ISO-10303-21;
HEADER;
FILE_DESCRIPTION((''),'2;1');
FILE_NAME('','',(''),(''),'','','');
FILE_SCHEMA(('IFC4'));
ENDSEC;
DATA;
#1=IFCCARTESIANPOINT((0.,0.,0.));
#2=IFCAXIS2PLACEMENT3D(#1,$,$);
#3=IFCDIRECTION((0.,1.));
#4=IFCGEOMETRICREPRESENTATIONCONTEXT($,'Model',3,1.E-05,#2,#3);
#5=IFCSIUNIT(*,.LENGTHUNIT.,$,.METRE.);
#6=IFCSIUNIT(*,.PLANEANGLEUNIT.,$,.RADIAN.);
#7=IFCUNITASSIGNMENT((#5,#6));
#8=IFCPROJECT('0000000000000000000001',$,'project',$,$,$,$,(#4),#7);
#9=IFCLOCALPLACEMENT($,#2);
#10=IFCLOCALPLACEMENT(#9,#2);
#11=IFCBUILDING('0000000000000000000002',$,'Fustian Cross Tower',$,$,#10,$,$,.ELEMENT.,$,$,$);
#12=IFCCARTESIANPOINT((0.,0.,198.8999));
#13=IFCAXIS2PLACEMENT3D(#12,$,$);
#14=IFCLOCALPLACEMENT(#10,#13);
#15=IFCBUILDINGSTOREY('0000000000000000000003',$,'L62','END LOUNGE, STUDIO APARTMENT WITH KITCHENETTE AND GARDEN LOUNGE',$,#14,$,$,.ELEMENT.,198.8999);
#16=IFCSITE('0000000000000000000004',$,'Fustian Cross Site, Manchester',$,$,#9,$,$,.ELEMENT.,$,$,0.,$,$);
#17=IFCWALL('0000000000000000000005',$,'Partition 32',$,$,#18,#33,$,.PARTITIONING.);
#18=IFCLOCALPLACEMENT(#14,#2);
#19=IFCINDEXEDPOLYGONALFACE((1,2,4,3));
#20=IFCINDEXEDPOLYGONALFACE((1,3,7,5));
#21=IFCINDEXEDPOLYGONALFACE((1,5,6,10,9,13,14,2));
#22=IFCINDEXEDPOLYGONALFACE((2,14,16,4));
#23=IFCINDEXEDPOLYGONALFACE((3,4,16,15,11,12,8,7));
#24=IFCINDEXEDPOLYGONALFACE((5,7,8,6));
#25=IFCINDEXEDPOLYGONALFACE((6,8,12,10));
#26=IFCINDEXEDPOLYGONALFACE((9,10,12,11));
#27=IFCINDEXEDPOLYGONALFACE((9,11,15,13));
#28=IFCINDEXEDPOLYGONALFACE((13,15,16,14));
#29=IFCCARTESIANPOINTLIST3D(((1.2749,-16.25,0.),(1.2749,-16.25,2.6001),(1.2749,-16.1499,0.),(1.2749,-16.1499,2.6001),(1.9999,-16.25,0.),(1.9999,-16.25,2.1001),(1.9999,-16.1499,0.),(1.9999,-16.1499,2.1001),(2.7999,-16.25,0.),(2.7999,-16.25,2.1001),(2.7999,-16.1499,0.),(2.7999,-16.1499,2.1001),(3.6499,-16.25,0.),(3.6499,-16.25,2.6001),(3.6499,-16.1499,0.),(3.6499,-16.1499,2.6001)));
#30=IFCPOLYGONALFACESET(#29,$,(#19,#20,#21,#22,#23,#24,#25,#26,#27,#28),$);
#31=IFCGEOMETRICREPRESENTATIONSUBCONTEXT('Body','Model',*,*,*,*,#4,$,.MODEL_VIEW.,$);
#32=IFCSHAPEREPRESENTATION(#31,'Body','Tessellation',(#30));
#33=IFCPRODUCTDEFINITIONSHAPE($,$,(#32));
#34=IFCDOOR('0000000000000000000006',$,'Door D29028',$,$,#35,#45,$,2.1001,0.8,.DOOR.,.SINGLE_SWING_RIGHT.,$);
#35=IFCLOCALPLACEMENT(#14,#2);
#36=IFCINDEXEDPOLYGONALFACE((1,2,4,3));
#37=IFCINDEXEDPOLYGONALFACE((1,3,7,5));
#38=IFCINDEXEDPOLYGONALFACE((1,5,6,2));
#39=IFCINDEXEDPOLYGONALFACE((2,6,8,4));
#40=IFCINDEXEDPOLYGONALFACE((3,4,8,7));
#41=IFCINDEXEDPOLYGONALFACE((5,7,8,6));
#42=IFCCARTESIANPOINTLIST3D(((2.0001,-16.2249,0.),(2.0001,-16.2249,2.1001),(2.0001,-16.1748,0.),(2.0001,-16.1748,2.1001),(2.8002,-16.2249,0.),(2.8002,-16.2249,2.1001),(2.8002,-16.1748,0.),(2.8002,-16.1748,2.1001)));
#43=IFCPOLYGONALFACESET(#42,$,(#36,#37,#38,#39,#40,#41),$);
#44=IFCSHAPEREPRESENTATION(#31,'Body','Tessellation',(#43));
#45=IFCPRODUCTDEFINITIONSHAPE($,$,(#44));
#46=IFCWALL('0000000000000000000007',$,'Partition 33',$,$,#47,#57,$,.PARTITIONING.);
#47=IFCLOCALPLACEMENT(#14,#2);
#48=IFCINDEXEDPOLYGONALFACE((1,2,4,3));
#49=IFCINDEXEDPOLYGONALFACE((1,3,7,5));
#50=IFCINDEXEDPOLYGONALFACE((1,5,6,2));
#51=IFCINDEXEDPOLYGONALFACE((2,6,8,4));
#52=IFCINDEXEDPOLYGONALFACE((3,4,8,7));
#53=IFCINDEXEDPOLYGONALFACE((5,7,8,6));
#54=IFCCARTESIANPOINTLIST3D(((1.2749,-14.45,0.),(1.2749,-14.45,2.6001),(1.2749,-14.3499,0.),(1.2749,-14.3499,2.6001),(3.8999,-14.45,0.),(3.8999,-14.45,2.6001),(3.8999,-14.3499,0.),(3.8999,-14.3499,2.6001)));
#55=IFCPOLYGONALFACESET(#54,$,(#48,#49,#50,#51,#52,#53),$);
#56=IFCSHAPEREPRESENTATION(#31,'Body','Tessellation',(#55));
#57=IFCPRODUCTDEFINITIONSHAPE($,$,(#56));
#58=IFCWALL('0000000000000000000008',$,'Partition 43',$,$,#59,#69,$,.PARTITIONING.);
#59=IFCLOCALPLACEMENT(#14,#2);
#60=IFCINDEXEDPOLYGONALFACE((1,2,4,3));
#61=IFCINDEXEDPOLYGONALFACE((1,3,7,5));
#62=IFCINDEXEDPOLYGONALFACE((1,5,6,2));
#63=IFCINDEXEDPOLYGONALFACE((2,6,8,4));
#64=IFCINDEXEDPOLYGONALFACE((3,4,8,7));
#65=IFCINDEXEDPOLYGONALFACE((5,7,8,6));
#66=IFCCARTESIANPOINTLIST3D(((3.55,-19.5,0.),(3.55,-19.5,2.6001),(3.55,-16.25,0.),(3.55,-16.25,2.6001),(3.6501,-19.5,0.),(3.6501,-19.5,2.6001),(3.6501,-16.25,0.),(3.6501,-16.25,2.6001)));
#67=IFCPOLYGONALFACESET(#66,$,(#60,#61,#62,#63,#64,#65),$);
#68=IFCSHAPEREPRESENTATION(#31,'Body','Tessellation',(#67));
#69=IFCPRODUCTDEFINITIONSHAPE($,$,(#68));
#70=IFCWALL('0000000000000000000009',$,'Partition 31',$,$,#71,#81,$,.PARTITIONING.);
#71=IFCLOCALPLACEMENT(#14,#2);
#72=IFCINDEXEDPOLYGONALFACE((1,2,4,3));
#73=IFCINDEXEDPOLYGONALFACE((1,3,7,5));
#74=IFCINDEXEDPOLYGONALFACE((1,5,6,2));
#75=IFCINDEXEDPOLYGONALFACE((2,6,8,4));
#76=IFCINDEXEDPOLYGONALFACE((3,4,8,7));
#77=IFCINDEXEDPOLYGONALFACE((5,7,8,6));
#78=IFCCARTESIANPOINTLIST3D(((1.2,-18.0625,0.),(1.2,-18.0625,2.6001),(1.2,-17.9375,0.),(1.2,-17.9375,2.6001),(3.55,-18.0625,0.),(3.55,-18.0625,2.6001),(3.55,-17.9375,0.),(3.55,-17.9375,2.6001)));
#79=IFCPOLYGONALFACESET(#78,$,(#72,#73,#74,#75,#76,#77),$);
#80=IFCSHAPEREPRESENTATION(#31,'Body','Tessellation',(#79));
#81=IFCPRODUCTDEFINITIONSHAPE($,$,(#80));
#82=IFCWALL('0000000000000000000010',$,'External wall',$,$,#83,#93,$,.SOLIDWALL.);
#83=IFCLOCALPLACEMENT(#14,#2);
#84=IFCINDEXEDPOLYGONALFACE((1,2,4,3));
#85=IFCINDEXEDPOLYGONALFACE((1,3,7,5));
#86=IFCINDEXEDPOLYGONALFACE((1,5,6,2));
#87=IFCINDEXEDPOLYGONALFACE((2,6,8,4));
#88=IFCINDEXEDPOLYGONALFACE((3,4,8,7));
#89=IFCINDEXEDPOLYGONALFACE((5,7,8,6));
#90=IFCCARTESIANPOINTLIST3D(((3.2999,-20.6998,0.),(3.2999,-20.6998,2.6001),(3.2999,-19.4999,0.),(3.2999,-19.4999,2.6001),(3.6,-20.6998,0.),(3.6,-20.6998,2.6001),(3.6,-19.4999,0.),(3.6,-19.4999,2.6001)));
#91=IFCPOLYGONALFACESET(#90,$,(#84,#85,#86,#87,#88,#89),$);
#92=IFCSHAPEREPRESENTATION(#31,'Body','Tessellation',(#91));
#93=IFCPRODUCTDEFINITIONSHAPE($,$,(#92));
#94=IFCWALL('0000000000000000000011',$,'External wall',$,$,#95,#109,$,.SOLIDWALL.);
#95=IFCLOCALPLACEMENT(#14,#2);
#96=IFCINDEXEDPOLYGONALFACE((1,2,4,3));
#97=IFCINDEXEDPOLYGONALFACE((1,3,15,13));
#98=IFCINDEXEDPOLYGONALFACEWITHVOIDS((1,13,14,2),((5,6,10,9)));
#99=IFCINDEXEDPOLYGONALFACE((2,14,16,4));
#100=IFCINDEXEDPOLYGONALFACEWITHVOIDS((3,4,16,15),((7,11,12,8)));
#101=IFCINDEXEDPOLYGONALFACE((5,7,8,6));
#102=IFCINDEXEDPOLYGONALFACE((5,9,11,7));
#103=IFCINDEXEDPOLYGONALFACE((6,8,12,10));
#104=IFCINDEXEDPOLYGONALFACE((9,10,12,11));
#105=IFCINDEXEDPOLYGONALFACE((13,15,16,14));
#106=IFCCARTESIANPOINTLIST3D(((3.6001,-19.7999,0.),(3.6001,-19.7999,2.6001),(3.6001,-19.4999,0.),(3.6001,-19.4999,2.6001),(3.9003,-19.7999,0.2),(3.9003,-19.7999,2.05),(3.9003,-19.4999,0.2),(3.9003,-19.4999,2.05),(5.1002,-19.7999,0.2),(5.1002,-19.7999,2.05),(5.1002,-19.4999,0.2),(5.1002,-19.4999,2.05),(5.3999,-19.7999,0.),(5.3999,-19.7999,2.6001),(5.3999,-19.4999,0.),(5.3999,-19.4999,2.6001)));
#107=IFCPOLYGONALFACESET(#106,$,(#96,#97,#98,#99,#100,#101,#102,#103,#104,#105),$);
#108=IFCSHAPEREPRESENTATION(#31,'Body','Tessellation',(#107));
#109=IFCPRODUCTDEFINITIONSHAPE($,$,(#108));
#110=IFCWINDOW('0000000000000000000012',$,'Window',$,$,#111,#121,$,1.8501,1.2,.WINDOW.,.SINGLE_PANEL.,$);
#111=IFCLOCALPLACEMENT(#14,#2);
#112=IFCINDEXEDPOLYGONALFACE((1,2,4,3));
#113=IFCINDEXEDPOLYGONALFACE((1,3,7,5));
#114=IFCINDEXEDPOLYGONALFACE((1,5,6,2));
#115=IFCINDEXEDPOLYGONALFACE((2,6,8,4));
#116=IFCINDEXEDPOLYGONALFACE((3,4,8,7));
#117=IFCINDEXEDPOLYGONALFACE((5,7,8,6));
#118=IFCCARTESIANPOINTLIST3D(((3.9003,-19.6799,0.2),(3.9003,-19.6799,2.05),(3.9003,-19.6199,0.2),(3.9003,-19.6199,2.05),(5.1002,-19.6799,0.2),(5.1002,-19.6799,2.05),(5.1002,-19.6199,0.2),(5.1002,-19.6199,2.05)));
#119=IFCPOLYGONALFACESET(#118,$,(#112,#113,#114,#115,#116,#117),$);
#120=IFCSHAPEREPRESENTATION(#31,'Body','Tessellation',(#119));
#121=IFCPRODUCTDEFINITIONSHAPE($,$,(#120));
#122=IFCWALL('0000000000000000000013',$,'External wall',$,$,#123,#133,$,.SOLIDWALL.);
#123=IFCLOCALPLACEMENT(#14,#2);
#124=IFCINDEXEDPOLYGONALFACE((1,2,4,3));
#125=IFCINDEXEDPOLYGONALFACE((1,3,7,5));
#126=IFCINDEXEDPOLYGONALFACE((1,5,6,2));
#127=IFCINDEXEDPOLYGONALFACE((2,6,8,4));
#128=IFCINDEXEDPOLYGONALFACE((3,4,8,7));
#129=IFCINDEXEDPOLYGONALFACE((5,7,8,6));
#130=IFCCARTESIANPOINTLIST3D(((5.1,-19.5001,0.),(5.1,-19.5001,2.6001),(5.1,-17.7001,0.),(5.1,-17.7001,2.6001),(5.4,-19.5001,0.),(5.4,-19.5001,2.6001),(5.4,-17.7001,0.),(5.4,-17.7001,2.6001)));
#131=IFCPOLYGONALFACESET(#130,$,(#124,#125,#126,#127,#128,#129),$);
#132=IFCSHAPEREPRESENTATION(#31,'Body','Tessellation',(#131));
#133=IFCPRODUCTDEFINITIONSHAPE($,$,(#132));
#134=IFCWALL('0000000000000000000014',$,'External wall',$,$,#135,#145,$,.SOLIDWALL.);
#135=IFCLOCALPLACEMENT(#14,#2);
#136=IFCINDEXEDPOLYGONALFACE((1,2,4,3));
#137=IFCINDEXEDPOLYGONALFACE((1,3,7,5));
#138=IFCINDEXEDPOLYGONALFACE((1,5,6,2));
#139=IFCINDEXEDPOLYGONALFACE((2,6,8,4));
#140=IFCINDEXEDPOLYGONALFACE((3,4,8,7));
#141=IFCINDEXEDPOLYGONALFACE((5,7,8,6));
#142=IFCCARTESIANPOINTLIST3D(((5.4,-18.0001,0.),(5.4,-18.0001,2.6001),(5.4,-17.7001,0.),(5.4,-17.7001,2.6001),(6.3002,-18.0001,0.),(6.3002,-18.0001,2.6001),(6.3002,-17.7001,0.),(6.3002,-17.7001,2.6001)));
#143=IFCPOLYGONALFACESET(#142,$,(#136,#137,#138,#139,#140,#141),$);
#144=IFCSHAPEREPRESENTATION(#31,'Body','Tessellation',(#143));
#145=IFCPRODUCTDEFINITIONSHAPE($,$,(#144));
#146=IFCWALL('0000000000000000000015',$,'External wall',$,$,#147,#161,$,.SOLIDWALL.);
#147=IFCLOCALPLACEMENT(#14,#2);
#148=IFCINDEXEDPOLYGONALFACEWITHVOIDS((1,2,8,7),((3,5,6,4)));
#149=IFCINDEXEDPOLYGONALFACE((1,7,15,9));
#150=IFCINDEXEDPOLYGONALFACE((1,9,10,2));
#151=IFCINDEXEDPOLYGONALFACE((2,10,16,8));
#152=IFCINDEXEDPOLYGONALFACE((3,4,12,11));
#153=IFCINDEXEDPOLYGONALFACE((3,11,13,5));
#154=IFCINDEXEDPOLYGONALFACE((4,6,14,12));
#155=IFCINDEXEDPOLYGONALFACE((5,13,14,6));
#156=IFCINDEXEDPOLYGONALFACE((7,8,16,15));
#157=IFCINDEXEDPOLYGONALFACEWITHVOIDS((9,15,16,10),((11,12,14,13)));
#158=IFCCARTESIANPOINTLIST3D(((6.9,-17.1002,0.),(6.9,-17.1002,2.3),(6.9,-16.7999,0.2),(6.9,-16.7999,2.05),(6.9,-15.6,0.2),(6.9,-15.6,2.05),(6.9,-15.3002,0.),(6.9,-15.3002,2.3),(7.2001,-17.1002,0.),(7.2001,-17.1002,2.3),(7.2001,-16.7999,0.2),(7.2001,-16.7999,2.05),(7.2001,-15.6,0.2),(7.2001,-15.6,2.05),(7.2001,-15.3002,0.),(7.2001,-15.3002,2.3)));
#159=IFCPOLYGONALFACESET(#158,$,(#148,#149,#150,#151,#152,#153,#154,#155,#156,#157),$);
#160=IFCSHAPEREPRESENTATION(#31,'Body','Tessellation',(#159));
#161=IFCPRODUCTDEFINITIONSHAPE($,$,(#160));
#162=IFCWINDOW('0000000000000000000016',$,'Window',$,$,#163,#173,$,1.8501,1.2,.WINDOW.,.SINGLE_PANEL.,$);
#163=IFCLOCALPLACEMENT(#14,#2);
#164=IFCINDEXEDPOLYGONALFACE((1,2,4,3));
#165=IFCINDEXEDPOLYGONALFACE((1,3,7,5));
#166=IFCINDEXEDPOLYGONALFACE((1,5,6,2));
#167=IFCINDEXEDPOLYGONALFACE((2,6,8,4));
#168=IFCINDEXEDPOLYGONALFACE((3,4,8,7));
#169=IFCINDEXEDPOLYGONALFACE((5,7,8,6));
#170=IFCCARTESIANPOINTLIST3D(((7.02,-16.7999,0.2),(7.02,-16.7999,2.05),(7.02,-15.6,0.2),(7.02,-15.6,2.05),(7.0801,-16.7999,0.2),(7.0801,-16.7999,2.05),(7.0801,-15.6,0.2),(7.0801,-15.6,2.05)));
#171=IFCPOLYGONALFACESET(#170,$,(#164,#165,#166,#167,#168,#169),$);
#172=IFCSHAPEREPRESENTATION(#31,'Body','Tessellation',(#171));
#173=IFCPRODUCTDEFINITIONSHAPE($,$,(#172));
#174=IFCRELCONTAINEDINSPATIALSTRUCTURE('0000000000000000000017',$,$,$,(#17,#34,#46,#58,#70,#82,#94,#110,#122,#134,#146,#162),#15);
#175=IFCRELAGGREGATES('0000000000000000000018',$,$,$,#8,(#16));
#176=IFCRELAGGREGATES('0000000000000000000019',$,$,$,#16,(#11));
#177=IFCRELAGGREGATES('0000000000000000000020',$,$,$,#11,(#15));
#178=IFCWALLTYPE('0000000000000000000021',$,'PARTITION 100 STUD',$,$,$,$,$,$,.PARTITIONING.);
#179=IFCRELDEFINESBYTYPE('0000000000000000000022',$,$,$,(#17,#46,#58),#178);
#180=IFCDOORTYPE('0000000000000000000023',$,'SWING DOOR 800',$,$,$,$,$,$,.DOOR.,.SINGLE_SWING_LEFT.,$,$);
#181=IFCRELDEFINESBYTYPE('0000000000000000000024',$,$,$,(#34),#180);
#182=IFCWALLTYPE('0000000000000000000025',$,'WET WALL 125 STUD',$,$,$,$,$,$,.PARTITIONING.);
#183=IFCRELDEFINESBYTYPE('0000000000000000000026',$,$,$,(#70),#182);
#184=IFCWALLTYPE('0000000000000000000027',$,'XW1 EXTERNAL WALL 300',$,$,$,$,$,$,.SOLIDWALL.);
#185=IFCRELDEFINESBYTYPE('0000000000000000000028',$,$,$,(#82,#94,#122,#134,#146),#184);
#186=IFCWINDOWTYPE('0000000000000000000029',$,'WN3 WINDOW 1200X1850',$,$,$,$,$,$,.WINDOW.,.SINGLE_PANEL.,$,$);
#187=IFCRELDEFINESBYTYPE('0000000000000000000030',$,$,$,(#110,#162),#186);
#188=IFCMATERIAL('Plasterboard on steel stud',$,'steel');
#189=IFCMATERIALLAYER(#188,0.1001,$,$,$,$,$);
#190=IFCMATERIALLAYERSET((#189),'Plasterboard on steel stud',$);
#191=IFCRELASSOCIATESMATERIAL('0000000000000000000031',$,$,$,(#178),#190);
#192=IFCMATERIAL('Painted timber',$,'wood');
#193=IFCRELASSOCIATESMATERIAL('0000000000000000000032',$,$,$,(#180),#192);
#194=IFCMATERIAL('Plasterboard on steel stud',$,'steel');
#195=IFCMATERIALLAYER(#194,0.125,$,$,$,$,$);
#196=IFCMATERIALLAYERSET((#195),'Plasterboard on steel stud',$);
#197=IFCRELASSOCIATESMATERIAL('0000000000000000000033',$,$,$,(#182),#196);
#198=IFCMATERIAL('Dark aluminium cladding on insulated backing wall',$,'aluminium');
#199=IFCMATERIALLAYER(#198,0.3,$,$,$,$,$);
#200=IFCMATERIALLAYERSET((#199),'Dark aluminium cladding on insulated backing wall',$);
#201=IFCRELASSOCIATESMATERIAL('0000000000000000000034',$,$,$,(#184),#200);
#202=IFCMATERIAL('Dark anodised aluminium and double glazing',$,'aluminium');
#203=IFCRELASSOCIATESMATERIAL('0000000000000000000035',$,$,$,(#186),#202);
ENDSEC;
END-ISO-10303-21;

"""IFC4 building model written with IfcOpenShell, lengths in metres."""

from ifc_helpers import new_model, si_unit, direction, frame, frame_2d, origin, place, context, subcontext, project, spatial, rectangle, extrude, material, layer, layer_set, type_object, element, fill, save


model = new_model("IFC4")

# Units and contexts
model_context = context("Model", 3, precision=1e-05, world=origin(), true_north=direction((0.0, 1.0)))
body_context = subcontext(model_context, "Body", "Model", "MODEL_VIEW")
ifc_project = project(units=[si_unit("LENGTHUNIT", "METRE"), si_unit("PLANEANGLEUNIT", "RADIAN")], contexts=[model_context])

# Site, building, storey
site_placement = place(None, origin())
site = spatial("IfcSite", under=ifc_project, at=site_placement, Name="Fustian Cross Site, Manchester", CompositionType="ELEMENT", RefElevation=0.0)
building_placement = place(site_placement, origin())
building = spatial("IfcBuilding", under=site, at=building_placement, Name="Fustian Cross Tower", CompositionType="ELEMENT")
storey_placement = place(building_placement, frame((0.0, 0.0, 198.8999)))
storey = spatial("IfcBuildingStorey", under=building, at=storey_placement, Name="L62", Description="END LOUNGE, STUDIO APARTMENT WITH KITCHENETTE AND GARDEN LOUNGE", CompositionType="ELEMENT", Elevation=198.8999)

# Wall, opening, door
ifc_material_1 = material(Name="Plasterboard on steel stud", Category="steel")
ifc_layer_1 = layer(ifc_material_1, 0.1001)
ifc_layer_set_1 = layer_set([ifc_layer_1], Name="Plasterboard on steel stud")
wall_type_1 = type_object("IfcWallType", Name="PARTITION 100 STUD", PredefinedType="PARTITIONING", material=ifc_layer_set_1)
wall_1_placement = place(storey_placement, frame((1.2749, -16.2, 0.0), z_axis=(0.0, 0.0, 1.0), x_axis=(1.0, 0.0, 0.0)))
wall_1 = element("IfcWall", 1, at=wall_1_placement, inside=storey, type_object=wall_type_1, Name="Partition 32", PredefinedType="PARTITIONING", context=body_context, shape_type="SweptSolid", body=[
    extrude(rectangle(XDim=2.375, YDim=0.1001, at=frame_2d((1.1875, 0.0))), origin(), (0.0, 0.0, 1.0), 2.6001),
])
opening_1_placement = place(wall_1_placement, frame((0.7251, 0.0, 0.0)))
opening_1 = element("IfcOpeningElement", 2, at=opening_1_placement, cuts=wall_1, PredefinedType="OPENING", context=body_context, shape_type="SweptSolid", body=[
    extrude(rectangle(XDim=0.8, YDim=2.1001, at=frame_2d((0.3999, 1.05))), frame((0.0, 0.0601, 0.0), z_axis=(0.0, -1.0, 0.0), x_axis=(1.0, 0.0, 0.0)), (0.0, 0.0, 1.0), 0.1201),
])
ifc_material_2 = material(Name="Painted timber", Category="wood")
door_type_1 = type_object("IfcDoorType", Name="SWING DOOR 800", OperationType="SINGLE_SWING_LEFT", PredefinedType="DOOR", material=ifc_material_2)
door_1_placement = place(opening_1_placement, frame((0.8, 0.0, 0.0), z_axis=(0.0, 0.0, 1.0), x_axis=(-1.0, 0.0, 0.0)))
door_1 = element("IfcDoor", 3, at=door_1_placement, inside=storey, type_object=door_type_1, Name="Door D29028", OperationType="SINGLE_SWING_RIGHT", OverallHeight=2.1001, OverallWidth=0.8, PredefinedType="DOOR", context=body_context, shape_type="SweptSolid", body=[
    extrude(rectangle(XDim=0.8, YDim=2.1001, at=frame_2d((0.3999, 1.05))), frame((0.0, 0.0249, 0.0), z_axis=(0.0, -1.0, 0.0), x_axis=(1.0, 0.0, 0.0)), (0.0, 0.0, 1.0), 0.05),
])
fill(opening_1, door_1)

# Walls
wall_2_placement = place(storey_placement, frame((1.2749, -14.3999, 0.0), z_axis=(0.0, 0.0, 1.0), x_axis=(1.0, 0.0, 0.0)))
element("IfcWall", 4, at=wall_2_placement, inside=storey, type_object=wall_type_1, Name="Partition 33", PredefinedType="PARTITIONING", context=body_context, shape_type="SweptSolid", body=[
    extrude(rectangle(XDim=2.625, YDim=0.1001, at=frame_2d((1.3125, 0.0))), origin(), (0.0, 0.0, 1.0), 2.6001),
])
wall_3_placement = place(storey_placement, frame((3.6001, -19.5, 0.0), z_axis=(0.0, 0.0, 1.0), x_axis=(0.0, 1.0, 0.0)))
element("IfcWall", 5, at=wall_3_placement, inside=storey, type_object=wall_type_1, Name="Partition 43", PredefinedType="PARTITIONING", context=body_context, shape_type="SweptSolid", body=[
    extrude(rectangle(XDim=3.25, YDim=0.1001, at=frame_2d((1.625, 0.0))), origin(), (0.0, 0.0, 1.0), 2.6001),
])
ifc_material_3 = material(Name="Plasterboard on steel stud", Category="steel")
ifc_layer_2 = layer(ifc_material_3, 0.125)
ifc_layer_set_2 = layer_set([ifc_layer_2], Name="Plasterboard on steel stud")
wall_type_2 = type_object("IfcWallType", Name="WET WALL 125 STUD", PredefinedType="PARTITIONING", material=ifc_layer_set_2)
wall_4_placement = place(storey_placement, frame((1.2, -18.0, 0.0), z_axis=(0.0, 0.0, 1.0), x_axis=(1.0, 0.0, 0.0)))
element("IfcWall", 6, at=wall_4_placement, inside=storey, type_object=wall_type_2, Name="Partition 31", PredefinedType="PARTITIONING", context=body_context, shape_type="SweptSolid", body=[
    extrude(rectangle(XDim=2.3501, YDim=0.125, at=frame_2d((1.175, 0.0))), origin(), (0.0, 0.0, 1.0), 2.6001),
])
ifc_material_4 = material(Name="Dark aluminium cladding on insulated backing wall", Category="aluminium")
ifc_layer_3 = layer(ifc_material_4, 0.3)
ifc_layer_set_3 = layer_set([ifc_layer_3], Name="Dark aluminium cladding on insulated backing wall")
wall_type_3 = type_object("IfcWallType", Name="XW1 EXTERNAL WALL 300", PredefinedType="SOLIDWALL", material=ifc_layer_set_3)
wall_5_placement = place(storey_placement, frame((3.45, -20.7, 0.0), z_axis=(0.0, 0.0, 1.0), x_axis=(0.0, 1.0, 0.0)))
element("IfcWall", 7, at=wall_5_placement, inside=storey, type_object=wall_type_3, Name="External wall", PredefinedType="SOLIDWALL", context=body_context, shape_type="SweptSolid", body=[
    extrude(rectangle(XDim=1.2, YDim=0.3, at=frame_2d((0.6001, 0.0))), origin(), (0.0, 0.0, 1.0), 2.6001),
])

# Wall, opening, window
wall_6_placement = place(storey_placement, frame((3.6001, -19.6499, 0.0), z_axis=(0.0, 0.0, 1.0), x_axis=(1.0, 0.0, 0.0)))
wall_6 = element("IfcWall", 8, at=wall_6_placement, inside=storey, type_object=wall_type_3, Name="External wall", PredefinedType="SOLIDWALL", context=body_context, shape_type="SweptSolid", body=[
    extrude(rectangle(XDim=1.7998, YDim=0.3, at=frame_2d((0.8999, 0.0))), origin(), (0.0, 0.0, 1.0), 2.6001),
])
opening_2_placement = place(wall_6_placement, frame((0.3, 0.0, 0.2)))
opening_2 = element("IfcOpeningElement", 9, at=opening_2_placement, cuts=wall_6, PredefinedType="OPENING", context=body_context, shape_type="SweptSolid", body=[
    extrude(rectangle(XDim=1.2, YDim=1.8501, at=frame_2d((0.6001, 0.925))), frame((0.0, 0.1599, 0.0), z_axis=(0.0, -1.0, 0.0), x_axis=(1.0, 0.0, 0.0)), (0.0, 0.0, 1.0), 0.3201),
])
ifc_material_5 = material(Name="Dark anodised aluminium and double glazing", Category="aluminium")
window_type = type_object("IfcWindowType", Name="WN3 WINDOW 1200X1850", PartitioningType="SINGLE_PANEL", PredefinedType="WINDOW", material=ifc_material_5)
window_1_placement = place(opening_2_placement, origin())
window_1 = element("IfcWindow", 10, at=window_1_placement, inside=storey, type_object=window_type, Name="Window", OverallHeight=1.8501, OverallWidth=1.2, PartitioningType="SINGLE_PANEL", PredefinedType="WINDOW", context=body_context, shape_type="SweptSolid", body=[
    extrude(rectangle(XDim=1.2, YDim=1.8501, at=frame_2d((0.6001, 0.925))), frame((0.0, 0.03, 0.0), z_axis=(0.0, -1.0, 0.0), x_axis=(1.0, 0.0, 0.0)), (0.0, 0.0, 1.0), 0.0601),
])
fill(opening_2, window_1)

# Walls
wall_7_placement = place(storey_placement, frame((5.25, -19.5, 0.0), z_axis=(0.0, 0.0, 1.0), x_axis=(0.0, 1.0, 0.0)))
element("IfcWall", 11, at=wall_7_placement, inside=storey, type_object=wall_type_3, Name="External wall", PredefinedType="SOLIDWALL", context=body_context, shape_type="SweptSolid", body=[
    extrude(rectangle(XDim=1.8, YDim=0.3, at=frame_2d((0.8999, 0.0))), origin(), (0.0, 0.0, 1.0), 2.6001),
])
wall_8_placement = place(storey_placement, frame((5.3999, -17.8501, 0.0), z_axis=(0.0, 0.0, 1.0), x_axis=(1.0, 0.0, 0.0)))
element("IfcWall", 12, at=wall_8_placement, inside=storey, type_object=wall_type_3, Name="External wall", PredefinedType="SOLIDWALL", context=body_context, shape_type="SweptSolid", body=[
    extrude(rectangle(XDim=0.9001, YDim=0.3, at=frame_2d((0.4502, 0.0))), origin(), (0.0, 0.0, 1.0), 2.6001),
])

# Wall, opening, window
wall_9_placement = place(storey_placement, frame((7.05, -17.1001, 0.0), z_axis=(0.0, 0.0, 1.0), x_axis=(0.0, 1.0, 0.0)))
wall_9 = element("IfcWall", 13, at=wall_9_placement, inside=storey, type_object=wall_type_3, Name="External wall", PredefinedType="SOLIDWALL", context=body_context, shape_type="SweptSolid", body=[
    extrude(rectangle(XDim=1.8, YDim=0.3, at=frame_2d((0.8999, 0.0))), origin(), (0.0, 0.0, 1.0), 2.3),
])
opening_3_placement = place(wall_9_placement, frame((0.3, 0.0, 0.2)))
opening_3 = element("IfcOpeningElement", 14, at=opening_3_placement, cuts=wall_9, PredefinedType="OPENING", context=body_context, shape_type="SweptSolid", body=[
    extrude(rectangle(XDim=1.2, YDim=1.8501, at=frame_2d((0.6001, 0.925))), frame((0.0, 0.1599, 0.0), z_axis=(0.0, -1.0, 0.0), x_axis=(1.0, 0.0, 0.0)), (0.0, 0.0, 1.0), 0.3201),
])
window_2_placement = place(opening_3_placement, origin())
window_2 = element("IfcWindow", 15, at=window_2_placement, inside=storey, type_object=window_type, Name="Window", OverallHeight=1.8501, OverallWidth=1.2, PartitioningType="SINGLE_PANEL", PredefinedType="WINDOW", context=body_context, shape_type="SweptSolid", body=[
    extrude(rectangle(XDim=1.2, YDim=1.8501, at=frame_2d((0.6001, 0.925))), frame((0.0, 0.03, 0.0), z_axis=(0.0, -1.0, 0.0), x_axis=(1.0, 0.0, 0.0)), (0.0, 0.0, 1.0), 0.0601),
])
fill(opening_3, window_2)

save(model, "model.ifc")
